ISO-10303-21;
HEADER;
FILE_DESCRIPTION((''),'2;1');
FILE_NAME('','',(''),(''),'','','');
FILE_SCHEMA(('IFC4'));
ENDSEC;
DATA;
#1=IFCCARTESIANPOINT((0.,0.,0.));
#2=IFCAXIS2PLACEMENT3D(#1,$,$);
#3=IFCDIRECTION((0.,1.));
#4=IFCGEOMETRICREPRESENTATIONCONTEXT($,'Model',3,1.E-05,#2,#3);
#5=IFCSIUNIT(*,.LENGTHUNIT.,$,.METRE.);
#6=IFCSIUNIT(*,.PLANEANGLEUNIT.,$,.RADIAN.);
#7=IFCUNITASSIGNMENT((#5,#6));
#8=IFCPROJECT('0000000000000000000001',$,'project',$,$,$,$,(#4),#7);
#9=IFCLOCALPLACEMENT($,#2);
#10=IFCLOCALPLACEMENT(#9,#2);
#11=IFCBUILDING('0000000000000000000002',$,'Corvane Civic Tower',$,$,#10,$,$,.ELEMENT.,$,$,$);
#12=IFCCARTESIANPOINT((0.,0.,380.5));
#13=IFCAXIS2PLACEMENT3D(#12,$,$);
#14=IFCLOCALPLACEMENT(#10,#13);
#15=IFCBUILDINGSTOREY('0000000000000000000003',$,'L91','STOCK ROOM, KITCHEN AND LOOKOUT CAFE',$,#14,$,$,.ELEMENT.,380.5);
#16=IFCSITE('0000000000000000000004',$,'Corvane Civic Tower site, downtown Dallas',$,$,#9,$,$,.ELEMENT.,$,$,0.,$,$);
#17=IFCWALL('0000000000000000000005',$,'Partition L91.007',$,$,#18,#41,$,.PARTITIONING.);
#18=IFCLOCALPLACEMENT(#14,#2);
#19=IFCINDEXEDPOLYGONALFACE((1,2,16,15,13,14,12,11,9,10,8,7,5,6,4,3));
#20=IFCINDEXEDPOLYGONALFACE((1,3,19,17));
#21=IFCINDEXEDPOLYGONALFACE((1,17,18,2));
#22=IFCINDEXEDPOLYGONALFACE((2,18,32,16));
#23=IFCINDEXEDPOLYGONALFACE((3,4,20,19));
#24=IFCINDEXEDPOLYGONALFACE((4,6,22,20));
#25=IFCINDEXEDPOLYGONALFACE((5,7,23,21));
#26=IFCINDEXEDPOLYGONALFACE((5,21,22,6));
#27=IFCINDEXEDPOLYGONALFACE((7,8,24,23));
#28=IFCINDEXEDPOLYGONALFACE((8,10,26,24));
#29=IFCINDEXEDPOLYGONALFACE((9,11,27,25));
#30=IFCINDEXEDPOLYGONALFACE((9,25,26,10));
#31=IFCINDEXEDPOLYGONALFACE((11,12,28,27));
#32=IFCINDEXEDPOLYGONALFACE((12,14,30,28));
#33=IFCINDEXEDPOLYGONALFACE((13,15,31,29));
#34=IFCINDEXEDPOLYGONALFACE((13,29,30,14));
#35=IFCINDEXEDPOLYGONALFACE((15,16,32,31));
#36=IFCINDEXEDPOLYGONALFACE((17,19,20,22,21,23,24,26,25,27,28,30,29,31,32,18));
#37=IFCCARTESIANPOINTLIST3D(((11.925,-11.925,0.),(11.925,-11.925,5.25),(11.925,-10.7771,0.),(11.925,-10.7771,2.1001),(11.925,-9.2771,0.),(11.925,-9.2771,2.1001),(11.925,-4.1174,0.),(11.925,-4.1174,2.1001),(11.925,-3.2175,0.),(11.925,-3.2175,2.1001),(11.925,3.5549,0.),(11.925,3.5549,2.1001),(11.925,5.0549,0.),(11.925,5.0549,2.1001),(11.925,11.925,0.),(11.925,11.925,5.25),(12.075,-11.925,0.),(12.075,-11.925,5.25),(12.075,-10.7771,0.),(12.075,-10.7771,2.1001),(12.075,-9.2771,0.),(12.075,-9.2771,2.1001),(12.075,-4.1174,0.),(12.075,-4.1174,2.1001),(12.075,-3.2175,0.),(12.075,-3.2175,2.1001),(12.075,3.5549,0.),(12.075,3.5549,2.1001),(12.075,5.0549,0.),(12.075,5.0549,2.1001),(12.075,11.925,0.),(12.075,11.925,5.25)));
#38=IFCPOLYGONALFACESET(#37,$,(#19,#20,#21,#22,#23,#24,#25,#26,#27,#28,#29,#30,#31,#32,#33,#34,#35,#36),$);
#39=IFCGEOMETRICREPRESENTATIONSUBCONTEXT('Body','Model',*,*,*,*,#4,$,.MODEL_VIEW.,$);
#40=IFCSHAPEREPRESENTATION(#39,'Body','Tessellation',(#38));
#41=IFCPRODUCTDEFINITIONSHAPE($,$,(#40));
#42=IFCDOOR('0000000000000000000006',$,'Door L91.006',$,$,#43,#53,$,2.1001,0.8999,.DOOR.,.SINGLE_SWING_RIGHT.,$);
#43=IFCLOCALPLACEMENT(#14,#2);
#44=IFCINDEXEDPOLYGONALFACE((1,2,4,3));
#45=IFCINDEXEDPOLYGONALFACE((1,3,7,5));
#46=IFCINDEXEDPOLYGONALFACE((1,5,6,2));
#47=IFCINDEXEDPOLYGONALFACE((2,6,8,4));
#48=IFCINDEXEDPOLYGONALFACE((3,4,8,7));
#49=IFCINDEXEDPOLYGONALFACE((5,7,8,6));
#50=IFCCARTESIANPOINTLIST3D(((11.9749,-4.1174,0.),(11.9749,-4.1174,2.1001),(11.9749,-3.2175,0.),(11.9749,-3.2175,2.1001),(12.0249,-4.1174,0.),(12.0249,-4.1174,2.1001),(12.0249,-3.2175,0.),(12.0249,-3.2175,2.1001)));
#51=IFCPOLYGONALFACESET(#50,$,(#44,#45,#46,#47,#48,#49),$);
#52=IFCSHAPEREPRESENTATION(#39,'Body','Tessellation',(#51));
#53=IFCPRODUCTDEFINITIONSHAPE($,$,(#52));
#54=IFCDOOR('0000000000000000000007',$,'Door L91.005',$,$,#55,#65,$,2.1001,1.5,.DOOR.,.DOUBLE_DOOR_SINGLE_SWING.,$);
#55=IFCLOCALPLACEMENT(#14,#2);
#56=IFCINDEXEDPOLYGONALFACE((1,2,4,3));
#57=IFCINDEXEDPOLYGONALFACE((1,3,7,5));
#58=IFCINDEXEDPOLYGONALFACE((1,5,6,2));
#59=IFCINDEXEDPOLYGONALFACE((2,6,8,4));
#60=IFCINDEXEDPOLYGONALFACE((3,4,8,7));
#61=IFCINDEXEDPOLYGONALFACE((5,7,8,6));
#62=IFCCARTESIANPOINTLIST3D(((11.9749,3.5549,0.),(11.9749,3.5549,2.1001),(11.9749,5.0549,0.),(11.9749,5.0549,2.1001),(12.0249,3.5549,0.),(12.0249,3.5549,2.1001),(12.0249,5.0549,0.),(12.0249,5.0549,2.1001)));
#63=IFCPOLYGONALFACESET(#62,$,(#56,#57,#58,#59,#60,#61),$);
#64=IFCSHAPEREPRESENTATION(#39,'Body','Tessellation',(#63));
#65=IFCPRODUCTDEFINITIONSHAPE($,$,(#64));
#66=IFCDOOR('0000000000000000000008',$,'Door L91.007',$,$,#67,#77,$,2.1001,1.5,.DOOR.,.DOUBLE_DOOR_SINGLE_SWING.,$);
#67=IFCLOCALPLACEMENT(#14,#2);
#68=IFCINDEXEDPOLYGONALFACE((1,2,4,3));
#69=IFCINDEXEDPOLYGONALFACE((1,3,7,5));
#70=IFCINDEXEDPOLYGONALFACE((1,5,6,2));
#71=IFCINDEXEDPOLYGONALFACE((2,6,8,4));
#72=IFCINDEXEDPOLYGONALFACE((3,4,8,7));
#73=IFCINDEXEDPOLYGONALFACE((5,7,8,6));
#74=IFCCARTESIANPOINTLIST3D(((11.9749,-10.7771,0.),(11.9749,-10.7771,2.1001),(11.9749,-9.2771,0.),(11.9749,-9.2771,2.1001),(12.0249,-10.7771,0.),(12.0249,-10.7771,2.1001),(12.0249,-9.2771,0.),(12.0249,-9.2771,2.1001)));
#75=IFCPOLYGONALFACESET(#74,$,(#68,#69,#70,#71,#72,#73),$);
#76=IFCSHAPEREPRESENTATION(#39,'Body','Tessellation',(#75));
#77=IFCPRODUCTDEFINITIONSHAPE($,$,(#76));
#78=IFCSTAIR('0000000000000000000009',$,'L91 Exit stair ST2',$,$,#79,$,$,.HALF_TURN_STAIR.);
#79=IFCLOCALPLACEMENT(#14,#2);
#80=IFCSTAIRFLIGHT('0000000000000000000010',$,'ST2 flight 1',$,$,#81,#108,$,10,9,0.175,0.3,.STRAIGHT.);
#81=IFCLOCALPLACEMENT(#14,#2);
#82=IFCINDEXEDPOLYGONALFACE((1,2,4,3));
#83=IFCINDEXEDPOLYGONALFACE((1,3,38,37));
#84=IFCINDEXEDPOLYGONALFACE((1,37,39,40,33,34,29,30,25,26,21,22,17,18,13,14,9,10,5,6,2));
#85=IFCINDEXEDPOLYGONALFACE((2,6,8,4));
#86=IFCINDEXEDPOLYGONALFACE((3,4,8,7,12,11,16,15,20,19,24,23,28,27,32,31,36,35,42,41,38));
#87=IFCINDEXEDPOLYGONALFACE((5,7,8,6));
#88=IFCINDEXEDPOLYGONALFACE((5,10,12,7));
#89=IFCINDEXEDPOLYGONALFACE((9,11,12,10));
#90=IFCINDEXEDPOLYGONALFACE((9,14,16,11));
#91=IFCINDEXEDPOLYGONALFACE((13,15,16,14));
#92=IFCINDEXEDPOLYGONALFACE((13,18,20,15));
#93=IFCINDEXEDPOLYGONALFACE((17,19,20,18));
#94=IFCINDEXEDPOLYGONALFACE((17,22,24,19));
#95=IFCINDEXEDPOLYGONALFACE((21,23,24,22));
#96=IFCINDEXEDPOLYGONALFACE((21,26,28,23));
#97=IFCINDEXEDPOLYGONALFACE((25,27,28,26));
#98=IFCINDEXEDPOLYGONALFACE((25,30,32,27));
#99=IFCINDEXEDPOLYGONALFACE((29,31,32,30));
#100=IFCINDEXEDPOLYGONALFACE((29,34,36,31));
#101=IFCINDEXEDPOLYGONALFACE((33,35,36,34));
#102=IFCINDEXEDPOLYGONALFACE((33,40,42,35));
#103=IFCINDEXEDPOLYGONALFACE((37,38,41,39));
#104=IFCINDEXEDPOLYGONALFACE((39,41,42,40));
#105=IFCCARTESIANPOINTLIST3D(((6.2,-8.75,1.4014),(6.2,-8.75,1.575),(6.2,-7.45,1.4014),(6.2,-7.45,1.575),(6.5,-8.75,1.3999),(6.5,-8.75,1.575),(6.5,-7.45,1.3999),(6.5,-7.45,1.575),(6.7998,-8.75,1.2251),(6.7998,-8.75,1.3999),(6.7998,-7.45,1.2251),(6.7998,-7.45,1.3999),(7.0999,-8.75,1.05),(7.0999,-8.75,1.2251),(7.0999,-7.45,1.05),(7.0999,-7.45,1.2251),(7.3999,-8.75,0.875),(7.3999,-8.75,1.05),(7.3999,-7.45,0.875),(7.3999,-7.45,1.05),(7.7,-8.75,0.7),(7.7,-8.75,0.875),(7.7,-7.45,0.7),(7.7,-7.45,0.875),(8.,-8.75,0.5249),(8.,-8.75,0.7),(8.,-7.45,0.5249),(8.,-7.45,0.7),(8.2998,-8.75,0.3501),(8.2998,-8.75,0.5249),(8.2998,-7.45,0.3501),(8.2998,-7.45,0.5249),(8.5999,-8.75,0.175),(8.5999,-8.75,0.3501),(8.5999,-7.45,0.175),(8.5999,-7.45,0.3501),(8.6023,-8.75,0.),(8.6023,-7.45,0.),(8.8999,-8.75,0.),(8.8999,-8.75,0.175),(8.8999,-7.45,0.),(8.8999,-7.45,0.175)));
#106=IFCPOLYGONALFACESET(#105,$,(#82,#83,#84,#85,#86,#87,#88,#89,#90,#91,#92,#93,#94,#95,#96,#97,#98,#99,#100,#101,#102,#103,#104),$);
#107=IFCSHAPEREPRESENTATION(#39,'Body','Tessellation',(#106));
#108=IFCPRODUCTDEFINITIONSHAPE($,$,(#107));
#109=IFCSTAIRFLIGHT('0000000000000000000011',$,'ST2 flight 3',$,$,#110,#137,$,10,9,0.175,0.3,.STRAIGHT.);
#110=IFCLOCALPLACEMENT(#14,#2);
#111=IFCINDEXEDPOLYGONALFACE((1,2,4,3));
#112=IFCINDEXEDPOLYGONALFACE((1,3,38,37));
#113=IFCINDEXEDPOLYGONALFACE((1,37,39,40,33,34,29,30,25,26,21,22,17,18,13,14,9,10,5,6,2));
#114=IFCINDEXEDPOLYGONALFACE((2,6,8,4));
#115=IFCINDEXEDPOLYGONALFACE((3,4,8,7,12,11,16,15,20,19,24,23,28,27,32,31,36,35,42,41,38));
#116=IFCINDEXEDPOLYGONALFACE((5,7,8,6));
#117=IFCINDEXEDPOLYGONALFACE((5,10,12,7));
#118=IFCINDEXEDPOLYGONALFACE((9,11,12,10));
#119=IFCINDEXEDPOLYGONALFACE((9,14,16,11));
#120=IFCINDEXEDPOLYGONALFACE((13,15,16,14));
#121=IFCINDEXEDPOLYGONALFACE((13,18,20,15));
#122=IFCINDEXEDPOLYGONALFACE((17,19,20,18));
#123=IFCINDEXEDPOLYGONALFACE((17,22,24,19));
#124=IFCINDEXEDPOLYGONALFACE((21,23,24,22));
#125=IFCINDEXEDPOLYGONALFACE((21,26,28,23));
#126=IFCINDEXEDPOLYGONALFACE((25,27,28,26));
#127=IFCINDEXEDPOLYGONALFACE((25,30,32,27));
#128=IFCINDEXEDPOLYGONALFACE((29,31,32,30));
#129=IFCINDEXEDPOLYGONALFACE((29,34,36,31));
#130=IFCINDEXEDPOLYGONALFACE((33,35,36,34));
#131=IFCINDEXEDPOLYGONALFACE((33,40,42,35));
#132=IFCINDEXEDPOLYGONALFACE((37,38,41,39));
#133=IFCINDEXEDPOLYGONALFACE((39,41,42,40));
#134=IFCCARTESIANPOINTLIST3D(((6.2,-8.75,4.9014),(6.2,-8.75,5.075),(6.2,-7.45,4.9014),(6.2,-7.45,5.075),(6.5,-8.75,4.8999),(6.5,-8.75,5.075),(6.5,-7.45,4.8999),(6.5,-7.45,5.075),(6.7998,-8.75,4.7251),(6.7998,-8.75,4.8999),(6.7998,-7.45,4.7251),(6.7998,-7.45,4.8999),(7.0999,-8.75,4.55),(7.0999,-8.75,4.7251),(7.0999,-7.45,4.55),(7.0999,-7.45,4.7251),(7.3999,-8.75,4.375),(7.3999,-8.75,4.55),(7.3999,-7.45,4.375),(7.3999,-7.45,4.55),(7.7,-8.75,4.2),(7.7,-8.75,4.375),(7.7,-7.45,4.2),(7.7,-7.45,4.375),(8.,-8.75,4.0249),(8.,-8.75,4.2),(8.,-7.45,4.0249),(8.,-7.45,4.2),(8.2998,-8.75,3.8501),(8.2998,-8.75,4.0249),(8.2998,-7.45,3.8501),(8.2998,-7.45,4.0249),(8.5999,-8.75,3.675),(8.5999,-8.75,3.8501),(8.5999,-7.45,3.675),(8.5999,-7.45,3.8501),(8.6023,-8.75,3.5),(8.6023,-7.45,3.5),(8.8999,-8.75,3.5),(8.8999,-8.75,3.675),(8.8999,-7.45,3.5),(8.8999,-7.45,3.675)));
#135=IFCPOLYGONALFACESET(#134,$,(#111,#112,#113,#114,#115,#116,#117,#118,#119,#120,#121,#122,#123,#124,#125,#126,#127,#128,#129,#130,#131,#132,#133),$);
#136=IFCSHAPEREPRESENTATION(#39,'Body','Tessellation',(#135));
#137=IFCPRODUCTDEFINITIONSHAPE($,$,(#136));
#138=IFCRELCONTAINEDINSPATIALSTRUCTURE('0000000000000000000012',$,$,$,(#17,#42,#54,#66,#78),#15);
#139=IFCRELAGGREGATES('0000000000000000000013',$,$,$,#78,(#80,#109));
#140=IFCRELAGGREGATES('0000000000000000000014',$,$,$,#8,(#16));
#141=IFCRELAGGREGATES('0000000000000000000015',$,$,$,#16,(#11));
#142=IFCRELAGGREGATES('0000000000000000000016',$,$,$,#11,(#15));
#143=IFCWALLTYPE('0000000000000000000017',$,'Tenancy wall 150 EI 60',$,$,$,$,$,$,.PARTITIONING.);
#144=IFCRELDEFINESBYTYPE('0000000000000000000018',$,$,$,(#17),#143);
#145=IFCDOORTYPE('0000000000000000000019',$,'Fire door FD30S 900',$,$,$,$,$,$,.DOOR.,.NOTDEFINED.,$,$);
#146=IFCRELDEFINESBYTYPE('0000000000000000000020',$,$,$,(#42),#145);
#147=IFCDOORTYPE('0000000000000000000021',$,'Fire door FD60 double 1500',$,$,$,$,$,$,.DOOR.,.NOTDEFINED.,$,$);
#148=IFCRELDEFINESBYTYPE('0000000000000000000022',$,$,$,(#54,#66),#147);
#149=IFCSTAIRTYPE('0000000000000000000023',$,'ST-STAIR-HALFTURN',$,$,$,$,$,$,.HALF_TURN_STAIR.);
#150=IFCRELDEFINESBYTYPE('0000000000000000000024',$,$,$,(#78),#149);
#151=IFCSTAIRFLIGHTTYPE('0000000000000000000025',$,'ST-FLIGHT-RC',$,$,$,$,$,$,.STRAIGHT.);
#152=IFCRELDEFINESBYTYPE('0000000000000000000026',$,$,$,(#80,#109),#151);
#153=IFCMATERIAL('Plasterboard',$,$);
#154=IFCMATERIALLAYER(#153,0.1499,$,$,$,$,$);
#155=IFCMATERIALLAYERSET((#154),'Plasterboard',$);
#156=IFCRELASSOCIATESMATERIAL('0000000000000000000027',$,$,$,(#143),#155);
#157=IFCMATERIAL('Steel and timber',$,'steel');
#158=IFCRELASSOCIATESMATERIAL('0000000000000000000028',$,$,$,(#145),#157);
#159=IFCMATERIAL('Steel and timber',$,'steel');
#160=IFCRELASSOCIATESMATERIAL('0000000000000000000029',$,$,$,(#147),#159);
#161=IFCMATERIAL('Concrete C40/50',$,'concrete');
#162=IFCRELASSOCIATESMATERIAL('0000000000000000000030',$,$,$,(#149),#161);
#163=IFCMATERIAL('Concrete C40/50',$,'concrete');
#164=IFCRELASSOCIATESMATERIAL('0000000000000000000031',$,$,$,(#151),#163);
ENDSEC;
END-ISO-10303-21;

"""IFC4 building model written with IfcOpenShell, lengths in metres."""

from ifc_helpers import new_model, si_unit, direction, frame, frame_2d, origin, place, context, subcontext, project, spatial, polyline, rectangle, outline, extrude, material, layer, layer_set, type_object, element, fill, aggregate, save


model = new_model("IFC4")

# Units and contexts
model_context = context("Model", 3, precision=1e-05, world=origin(), true_north=direction((0.0, 1.0)))
body_context = subcontext(model_context, "Body", "Model", "MODEL_VIEW")
ifc_project = project(units=[si_unit("LENGTHUNIT", "METRE"), si_unit("PLANEANGLEUNIT", "RADIAN")], contexts=[model_context])

# Site, building, storey
site_placement = place(None, origin())
site = spatial("IfcSite", under=ifc_project, at=site_placement, Name="Corvane Civic Tower site, downtown Dallas", CompositionType="ELEMENT", RefElevation=0.0)
building_placement = place(site_placement, origin())
building = spatial("IfcBuilding", under=site, at=building_placement, Name="Corvane Civic Tower", CompositionType="ELEMENT")
storey_placement = place(building_placement, frame((0.0, 0.0, 380.5)))
storey = spatial("IfcBuildingStorey", under=building, at=storey_placement, Name="L91", Description="STOCK ROOM, KITCHEN AND LOOKOUT CAFE", CompositionType="ELEMENT", Elevation=380.5)

# Wall, openings, doors
ifc_material_1 = material(Name="Plasterboard")
ifc_layer_1 = layer(ifc_material_1, 0.1499)
ifc_layer_set_1 = layer_set([ifc_layer_1], Name="Plasterboard")
wall_type_1 = type_object("IfcWallType", Name="Tenancy wall 150 EI 60", PredefinedType="PARTITIONING", material=ifc_layer_set_1)
wall_1_placement = place(storey_placement, frame((12.0, -11.925, 0.0), z_axis=(0.0, 0.0, 1.0), x_axis=(0.0, 1.0, 0.0)))
wall_1 = element("IfcWall", 1, at=wall_1_placement, inside=storey, type_object=wall_type_1, Name="Partition L91.007", PredefinedType="PARTITIONING", context=body_context, shape_type="SweptSolid", body=[
    extrude(rectangle(XDim=23.8501, YDim=0.1499, at=frame_2d((11.925, 0.0))), origin(), (0.0, 0.0, 1.0), 5.25),
])
opening_1_placement = place(wall_1_placement, frame((15.48, 0.0, 0.0)))
opening_1 = element("IfcOpeningElement", 2, at=opening_1_placement, cuts=wall_1, PredefinedType="OPENING", context=body_context, shape_type="SweptSolid", body=[
    extrude(rectangle(XDim=1.5, YDim=2.1001, at=frame_2d((0.75, 1.05))), frame((0.0, 0.085, 0.0), z_axis=(0.0, -1.0, 0.0), x_axis=(1.0, 0.0, 0.0)), (0.0, 0.0, 1.0), 0.1699),
])
opening_2_placement = place(wall_1_placement, frame((7.8076, 0.0, 0.0)))
opening_2 = element("IfcOpeningElement", 3, at=opening_2_placement, cuts=wall_1, PredefinedType="OPENING", context=body_context, shape_type="SweptSolid", body=[
    extrude(rectangle(XDim=0.8999, YDim=2.1001, at=frame_2d((0.45, 1.05))), frame((0.0, 0.085, 0.0), z_axis=(0.0, -1.0, 0.0), x_axis=(1.0, 0.0, 0.0)), (0.0, 0.0, 1.0), 0.1699),
])
opening_3_placement = place(wall_1_placement, frame((1.1479, 0.0, 0.0)))
opening_3 = element("IfcOpeningElement", 4, at=opening_3_placement, cuts=wall_1, PredefinedType="OPENING", context=body_context, shape_type="SweptSolid", body=[
    extrude(rectangle(XDim=1.5, YDim=2.1001, at=frame_2d((0.75, 1.05))), frame((0.0, 0.085, 0.0), z_axis=(0.0, -1.0, 0.0), x_axis=(1.0, 0.0, 0.0)), (0.0, 0.0, 1.0), 0.1699),
])
ifc_material_2 = material(Name="Steel and timber", Category="steel")
door_type_1 = type_object("IfcDoorType", Name="Fire door FD30S 900", OperationType="NOTDEFINED", PredefinedType="DOOR", material=ifc_material_2)
door_1_placement = place(opening_2_placement, frame((0.8999, 0.0, 0.0), z_axis=(0.0, 0.0, 1.0), x_axis=(-1.0, 0.0, 0.0)))
door_1 = element("IfcDoor", 5, at=door_1_placement, inside=storey, type_object=door_type_1, Name="Door L91.006", OperationType="SINGLE_SWING_RIGHT", OverallHeight=2.1001, OverallWidth=0.8999, PredefinedType="DOOR", context=body_context, shape_type="SweptSolid", body=[
    extrude(rectangle(XDim=0.8999, YDim=2.1001, at=frame_2d((0.45, 1.05))), frame((0.0, 0.0249, 0.0), z_axis=(0.0, -1.0, 0.0), x_axis=(1.0, 0.0, 0.0)), (0.0, 0.0, 1.0), 0.05),
])
fill(opening_2, door_1)
ifc_material_3 = material(Name="Steel and timber", Category="steel")
door_type_2 = type_object("IfcDoorType", Name="Fire door FD60 double 1500", OperationType="NOTDEFINED", PredefinedType="DOOR", material=ifc_material_3)
door_2_placement = place(opening_1_placement, frame((1.5, 0.0, 0.0), z_axis=(0.0, 0.0, 1.0), x_axis=(-1.0, 0.0, 0.0)))
door_2 = element("IfcDoor", 6, at=door_2_placement, inside=storey, type_object=door_type_2, Name="Door L91.005", OperationType="DOUBLE_DOOR_SINGLE_SWING", OverallHeight=2.1001, OverallWidth=1.5, PredefinedType="DOOR", context=body_context, shape_type="SweptSolid", body=[
    extrude(rectangle(XDim=1.5, YDim=2.1001, at=frame_2d((0.75, 1.05))), frame((0.0, 0.0249, 0.0), z_axis=(0.0, -1.0, 0.0), x_axis=(1.0, 0.0, 0.0)), (0.0, 0.0, 1.0), 0.05),
])
fill(opening_1, door_2)
door_3_placement = place(opening_3_placement, frame((1.5, 0.0, 0.0), z_axis=(0.0, 0.0, 1.0), x_axis=(-1.0, 0.0, 0.0)))
door_3 = element("IfcDoor", 7, at=door_3_placement, inside=storey, type_object=door_type_2, Name="Door L91.007", OperationType="DOUBLE_DOOR_SINGLE_SWING", OverallHeight=2.1001, OverallWidth=1.5, PredefinedType="DOOR", context=body_context, shape_type="SweptSolid", body=[
    extrude(rectangle(XDim=1.5, YDim=2.1001, at=frame_2d((0.75, 1.05))), frame((0.0, 0.0249, 0.0), z_axis=(0.0, -1.0, 0.0), x_axis=(1.0, 0.0, 0.0)), (0.0, 0.0, 1.0), 0.05),
])
fill(opening_3, door_3)

# Stair, stair flights
ifc_material_4 = material(Name="Concrete C40/50", Category="concrete")
stair_type = type_object("IfcStairType", Name="ST-STAIR-HALFTURN", PredefinedType="HALF_TURN_STAIR", material=ifc_material_4)
stair_placement = place(storey_placement, origin())
stair = element("IfcStair", 8, at=stair_placement, inside=storey, type_object=stair_type, Name="L91 Exit stair ST2", PredefinedType="HALF_TURN_STAIR")
ifc_material_5 = material(Name="Concrete C40/50", Category="concrete")
stair_flight_type = type_object("IfcStairFlightType", Name="ST-FLIGHT-RC", PredefinedType="STRAIGHT", material=ifc_material_5)
stair_flight_1_placement = place(storey_placement, frame((8.8999, -8.1001, 0.0), z_axis=(0.0, 0.0, 1.0), x_axis=(-1.0, 0.0, 0.0)))
stair_flight_1 = element("IfcStairFlight", 9, at=stair_flight_1_placement, type_object=stair_flight_type, Name="ST2 flight 1", NumberOfRisers=10, NumberOfTreads=9, PredefinedType="STRAIGHT", RiserHeight=0.175, TreadLength=0.3, context=body_context, shape_type="SweptSolid", body=[
    extrude(outline(polyline([(0.0, 0.0), (0.0, 0.175), (0.3, 0.175), (0.3, 0.3501), (0.6001, 0.3501), (0.6001, 0.5249), (0.8999, 0.5249), (0.8999, 0.7), (1.2, 0.7), (1.2, 0.875), (1.5, 0.875), (1.5, 1.05), (1.8, 1.05), (1.8, 1.2251), (2.1001, 1.2251), (2.1001, 1.3999), (2.3999, 1.3999), (2.3999, 1.575), (2.7, 1.575), (2.7, 1.75), (2.7, 1.4014), (0.2976, 0.0), (0.0, 0.0)])), frame((0.0, 0.6499, 0.0), z_axis=(0.0, -1.0, 0.0), x_axis=(1.0, 0.0, 0.0)), (0.0, 0.0, 1.0), 1.3),
])
stair_flight_2_placement = place(storey_placement, frame((8.8999, -8.1001, 3.5), z_axis=(0.0, 0.0, 1.0), x_axis=(-1.0, 0.0, 0.0)))
stair_flight_2 = element("IfcStairFlight", 10, at=stair_flight_2_placement, type_object=stair_flight_type, Name="ST2 flight 3", NumberOfRisers=10, NumberOfTreads=9, PredefinedType="STRAIGHT", RiserHeight=0.175, TreadLength=0.3, context=body_context, shape_type="SweptSolid", body=[
    extrude(outline(polyline([(0.0, 0.0), (0.0, 0.175), (0.3, 0.175), (0.3, 0.3501), (0.6001, 0.3501), (0.6001, 0.5249), (0.8999, 0.5249), (0.8999, 0.7), (1.2, 0.7), (1.2, 0.875), (1.5, 0.875), (1.5, 1.05), (1.8, 1.05), (1.8, 1.2251), (2.1001, 1.2251), (2.1001, 1.3999), (2.3999, 1.3999), (2.3999, 1.575), (2.7, 1.575), (2.7, 1.75), (2.7, 1.4014), (0.2976, 0.0), (0.0, 0.0)])), frame((0.0, 0.6499, 0.0), z_axis=(0.0, -1.0, 0.0), x_axis=(1.0, 0.0, 0.0)), (0.0, 0.0, 1.0), 1.3),
])
aggregate(stair, [stair_flight_1, stair_flight_2])

save(model, "model.ifc")
